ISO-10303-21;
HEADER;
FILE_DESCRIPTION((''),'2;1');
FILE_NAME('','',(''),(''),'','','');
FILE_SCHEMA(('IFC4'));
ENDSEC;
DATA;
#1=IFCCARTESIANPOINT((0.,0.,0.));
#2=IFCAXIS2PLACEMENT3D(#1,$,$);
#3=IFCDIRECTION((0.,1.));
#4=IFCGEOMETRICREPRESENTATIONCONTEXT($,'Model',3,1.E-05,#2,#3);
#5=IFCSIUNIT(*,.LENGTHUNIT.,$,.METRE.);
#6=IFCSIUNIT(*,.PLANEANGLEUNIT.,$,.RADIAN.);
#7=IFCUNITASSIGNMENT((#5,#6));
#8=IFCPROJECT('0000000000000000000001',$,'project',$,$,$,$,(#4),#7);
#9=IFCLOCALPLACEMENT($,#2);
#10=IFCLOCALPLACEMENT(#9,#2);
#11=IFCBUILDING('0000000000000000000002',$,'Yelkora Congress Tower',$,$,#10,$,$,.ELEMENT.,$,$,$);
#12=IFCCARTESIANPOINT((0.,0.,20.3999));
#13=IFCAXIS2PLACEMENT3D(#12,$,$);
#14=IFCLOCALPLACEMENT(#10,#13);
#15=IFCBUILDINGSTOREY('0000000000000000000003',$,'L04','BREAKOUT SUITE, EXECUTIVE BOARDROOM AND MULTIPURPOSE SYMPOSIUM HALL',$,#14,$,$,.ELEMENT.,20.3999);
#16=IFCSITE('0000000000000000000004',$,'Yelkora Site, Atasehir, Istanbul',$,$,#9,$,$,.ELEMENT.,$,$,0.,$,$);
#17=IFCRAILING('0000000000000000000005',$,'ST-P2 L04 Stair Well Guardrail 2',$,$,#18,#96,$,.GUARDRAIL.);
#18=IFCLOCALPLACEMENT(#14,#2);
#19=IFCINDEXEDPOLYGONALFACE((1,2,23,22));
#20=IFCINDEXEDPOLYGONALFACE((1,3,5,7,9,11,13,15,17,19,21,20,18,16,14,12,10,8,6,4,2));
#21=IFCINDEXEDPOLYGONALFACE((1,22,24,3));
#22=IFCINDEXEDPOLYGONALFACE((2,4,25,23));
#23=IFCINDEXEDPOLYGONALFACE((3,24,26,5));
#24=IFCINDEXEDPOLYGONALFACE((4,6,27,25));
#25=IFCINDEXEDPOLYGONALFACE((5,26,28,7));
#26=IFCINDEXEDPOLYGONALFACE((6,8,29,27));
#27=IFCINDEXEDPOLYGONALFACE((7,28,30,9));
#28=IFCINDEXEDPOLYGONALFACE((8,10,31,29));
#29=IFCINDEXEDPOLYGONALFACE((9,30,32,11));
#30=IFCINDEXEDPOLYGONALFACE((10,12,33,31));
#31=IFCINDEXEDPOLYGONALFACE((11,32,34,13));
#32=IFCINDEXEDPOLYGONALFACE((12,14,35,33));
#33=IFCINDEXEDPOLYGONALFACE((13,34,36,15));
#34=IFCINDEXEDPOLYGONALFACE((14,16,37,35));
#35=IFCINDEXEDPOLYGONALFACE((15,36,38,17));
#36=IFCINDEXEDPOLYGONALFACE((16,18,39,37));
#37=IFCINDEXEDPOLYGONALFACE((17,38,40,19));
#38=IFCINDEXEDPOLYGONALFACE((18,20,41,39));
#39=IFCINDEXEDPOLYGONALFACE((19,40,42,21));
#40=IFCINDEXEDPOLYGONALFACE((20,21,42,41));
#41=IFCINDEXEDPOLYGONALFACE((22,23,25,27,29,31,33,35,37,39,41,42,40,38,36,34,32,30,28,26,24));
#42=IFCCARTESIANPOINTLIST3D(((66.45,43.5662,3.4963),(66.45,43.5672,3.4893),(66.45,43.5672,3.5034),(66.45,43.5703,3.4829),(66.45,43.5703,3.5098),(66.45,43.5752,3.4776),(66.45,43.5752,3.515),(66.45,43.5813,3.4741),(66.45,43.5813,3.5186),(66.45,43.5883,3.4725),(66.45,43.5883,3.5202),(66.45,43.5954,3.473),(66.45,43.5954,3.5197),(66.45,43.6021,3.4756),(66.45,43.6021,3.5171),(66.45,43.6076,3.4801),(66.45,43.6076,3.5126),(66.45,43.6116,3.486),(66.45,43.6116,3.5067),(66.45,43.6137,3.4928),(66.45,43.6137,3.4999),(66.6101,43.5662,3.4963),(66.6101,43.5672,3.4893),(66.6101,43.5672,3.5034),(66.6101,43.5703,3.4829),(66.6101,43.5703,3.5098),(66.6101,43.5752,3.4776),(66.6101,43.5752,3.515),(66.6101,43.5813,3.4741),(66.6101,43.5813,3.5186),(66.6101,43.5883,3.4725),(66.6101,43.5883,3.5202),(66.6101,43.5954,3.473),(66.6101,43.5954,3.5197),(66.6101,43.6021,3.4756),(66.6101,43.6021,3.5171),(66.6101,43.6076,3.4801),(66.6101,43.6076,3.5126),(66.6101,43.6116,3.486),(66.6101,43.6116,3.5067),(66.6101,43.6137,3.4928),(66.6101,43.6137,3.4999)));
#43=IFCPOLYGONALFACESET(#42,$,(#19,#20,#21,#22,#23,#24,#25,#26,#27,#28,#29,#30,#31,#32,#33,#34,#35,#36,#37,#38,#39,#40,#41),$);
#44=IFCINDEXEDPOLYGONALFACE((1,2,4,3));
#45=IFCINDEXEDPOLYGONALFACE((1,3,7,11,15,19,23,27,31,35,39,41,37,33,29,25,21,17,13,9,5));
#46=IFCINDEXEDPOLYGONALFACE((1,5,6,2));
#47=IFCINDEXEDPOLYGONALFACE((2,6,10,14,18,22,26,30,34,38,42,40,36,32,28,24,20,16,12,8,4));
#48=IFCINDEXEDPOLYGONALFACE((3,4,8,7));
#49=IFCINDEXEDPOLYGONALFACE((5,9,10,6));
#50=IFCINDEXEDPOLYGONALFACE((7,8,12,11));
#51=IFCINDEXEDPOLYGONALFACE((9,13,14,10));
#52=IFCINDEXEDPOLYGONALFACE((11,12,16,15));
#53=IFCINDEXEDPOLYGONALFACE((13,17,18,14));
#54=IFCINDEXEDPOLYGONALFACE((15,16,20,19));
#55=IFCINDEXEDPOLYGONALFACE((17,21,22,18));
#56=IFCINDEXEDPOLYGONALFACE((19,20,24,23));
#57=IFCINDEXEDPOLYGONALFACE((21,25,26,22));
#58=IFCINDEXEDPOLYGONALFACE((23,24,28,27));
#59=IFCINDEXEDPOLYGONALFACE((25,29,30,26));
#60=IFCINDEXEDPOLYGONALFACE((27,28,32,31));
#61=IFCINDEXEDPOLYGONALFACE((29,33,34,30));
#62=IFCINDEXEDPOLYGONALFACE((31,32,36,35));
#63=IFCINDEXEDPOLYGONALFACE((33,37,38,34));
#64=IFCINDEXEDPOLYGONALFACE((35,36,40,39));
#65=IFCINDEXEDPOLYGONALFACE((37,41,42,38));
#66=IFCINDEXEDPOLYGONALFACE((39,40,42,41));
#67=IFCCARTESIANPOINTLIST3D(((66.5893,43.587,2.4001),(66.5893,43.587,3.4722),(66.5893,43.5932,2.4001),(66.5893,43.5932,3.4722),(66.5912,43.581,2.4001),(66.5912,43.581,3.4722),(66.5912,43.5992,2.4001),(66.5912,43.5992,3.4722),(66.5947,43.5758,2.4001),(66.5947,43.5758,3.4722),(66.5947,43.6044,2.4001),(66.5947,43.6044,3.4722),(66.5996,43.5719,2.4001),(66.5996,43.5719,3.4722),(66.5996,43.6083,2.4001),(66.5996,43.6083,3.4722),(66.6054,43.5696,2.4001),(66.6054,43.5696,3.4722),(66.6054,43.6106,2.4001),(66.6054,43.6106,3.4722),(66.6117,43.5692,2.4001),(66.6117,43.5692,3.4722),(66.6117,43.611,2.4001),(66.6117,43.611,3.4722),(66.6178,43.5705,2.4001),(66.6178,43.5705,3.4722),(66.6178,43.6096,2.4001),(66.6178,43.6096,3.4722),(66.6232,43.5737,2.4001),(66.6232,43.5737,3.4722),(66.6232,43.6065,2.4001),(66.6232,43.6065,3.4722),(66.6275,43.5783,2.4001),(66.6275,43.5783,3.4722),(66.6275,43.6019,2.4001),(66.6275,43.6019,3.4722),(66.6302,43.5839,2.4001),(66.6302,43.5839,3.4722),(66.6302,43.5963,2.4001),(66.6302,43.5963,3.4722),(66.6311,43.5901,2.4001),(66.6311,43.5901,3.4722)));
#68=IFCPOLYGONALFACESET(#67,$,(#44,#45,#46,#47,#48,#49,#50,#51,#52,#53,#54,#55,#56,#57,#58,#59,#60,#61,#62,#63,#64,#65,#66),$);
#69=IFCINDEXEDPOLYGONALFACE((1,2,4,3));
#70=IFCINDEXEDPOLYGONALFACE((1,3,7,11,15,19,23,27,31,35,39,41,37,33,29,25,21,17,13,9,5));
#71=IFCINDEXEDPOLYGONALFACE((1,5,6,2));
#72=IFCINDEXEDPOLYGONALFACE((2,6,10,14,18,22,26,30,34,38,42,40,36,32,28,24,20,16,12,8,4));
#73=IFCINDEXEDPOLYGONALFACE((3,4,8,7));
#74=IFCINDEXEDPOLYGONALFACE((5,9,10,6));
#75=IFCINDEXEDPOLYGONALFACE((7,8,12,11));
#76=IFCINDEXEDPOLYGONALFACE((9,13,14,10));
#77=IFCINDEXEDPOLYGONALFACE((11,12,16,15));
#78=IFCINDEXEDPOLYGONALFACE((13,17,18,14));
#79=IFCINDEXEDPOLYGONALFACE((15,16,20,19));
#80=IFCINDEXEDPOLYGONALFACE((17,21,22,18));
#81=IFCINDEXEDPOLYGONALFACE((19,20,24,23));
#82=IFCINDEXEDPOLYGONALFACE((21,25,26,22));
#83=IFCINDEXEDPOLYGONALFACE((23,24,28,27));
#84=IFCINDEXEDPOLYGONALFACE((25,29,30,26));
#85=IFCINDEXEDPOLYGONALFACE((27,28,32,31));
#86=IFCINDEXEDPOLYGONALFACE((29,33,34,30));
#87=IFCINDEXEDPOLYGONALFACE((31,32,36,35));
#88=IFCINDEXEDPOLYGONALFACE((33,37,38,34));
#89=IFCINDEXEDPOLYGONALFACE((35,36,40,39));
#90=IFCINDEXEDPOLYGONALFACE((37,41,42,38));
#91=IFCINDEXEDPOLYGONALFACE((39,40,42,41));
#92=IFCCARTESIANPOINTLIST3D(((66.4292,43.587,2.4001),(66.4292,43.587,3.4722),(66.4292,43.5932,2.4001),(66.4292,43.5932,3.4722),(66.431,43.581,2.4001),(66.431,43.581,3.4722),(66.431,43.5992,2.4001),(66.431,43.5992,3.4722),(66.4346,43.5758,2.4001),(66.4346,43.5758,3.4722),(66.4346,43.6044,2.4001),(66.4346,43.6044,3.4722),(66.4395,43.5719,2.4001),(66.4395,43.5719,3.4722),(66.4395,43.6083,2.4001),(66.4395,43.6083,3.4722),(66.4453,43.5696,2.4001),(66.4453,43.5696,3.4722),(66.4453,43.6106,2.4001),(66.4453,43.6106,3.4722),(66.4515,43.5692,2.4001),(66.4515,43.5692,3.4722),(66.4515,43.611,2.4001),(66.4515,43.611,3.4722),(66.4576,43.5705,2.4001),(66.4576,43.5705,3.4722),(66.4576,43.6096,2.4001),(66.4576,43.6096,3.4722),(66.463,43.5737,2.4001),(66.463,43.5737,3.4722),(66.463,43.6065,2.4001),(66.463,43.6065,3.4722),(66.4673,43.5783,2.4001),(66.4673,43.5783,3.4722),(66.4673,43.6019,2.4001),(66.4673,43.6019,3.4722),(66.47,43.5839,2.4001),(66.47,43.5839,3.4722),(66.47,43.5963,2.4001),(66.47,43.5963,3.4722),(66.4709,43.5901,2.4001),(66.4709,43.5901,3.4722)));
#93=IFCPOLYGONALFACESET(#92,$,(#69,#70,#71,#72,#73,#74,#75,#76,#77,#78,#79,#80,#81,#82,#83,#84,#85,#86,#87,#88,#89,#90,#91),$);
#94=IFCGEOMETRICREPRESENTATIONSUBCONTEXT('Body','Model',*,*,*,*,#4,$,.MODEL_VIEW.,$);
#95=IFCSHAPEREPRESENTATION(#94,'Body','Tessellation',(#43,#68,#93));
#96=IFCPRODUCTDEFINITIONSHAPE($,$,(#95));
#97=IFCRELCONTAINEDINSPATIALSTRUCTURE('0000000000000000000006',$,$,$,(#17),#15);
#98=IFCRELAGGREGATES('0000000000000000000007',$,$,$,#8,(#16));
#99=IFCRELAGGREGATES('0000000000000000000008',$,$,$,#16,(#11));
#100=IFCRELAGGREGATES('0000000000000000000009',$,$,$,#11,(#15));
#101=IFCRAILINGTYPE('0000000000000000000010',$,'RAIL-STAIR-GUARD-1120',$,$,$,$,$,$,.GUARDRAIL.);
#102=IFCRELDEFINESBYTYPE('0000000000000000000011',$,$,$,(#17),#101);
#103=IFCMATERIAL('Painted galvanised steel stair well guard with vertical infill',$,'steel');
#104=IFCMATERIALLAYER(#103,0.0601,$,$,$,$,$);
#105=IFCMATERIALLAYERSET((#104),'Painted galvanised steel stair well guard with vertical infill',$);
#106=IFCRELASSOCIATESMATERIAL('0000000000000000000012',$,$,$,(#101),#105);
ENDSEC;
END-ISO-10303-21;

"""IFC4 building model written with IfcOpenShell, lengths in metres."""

from ifc_helpers import new_model, si_unit, direction, frame, origin, origin_2d, place, context, subcontext, project, spatial, circle, extrude, material, layer, layer_set, type_object, element, save


model = new_model("IFC4")

# Units and contexts
model_context = context("Model", 3, precision=1e-05, world=origin(), true_north=direction((0.0, 1.0)))
body_context = subcontext(model_context, "Body", "Model", "MODEL_VIEW")
ifc_project = project(units=[si_unit("LENGTHUNIT", "METRE"), si_unit("PLANEANGLEUNIT", "RADIAN")], contexts=[model_context])

# Site, building, storey
site_placement = place(None, origin())
site = spatial("IfcSite", under=ifc_project, at=site_placement, Name="Yelkora Site, Atasehir, Istanbul", CompositionType="ELEMENT", RefElevation=0.0)
building_placement = place(site_placement, origin())
building = spatial("IfcBuilding", under=site, at=building_placement, Name="Yelkora Congress Tower", CompositionType="ELEMENT")
storey_placement = place(building_placement, frame((0.0, 0.0, 20.3999)))
storey = spatial("IfcBuildingStorey", under=building, at=storey_placement, Name="L04", Description="BREAKOUT SUITE, EXECUTIVE BOARDROOM AND MULTIPURPOSE SYMPOSIUM HALL", CompositionType="ELEMENT", Elevation=20.3999)

# Railing
ifc_material_1 = material(Name="Painted galvanised steel stair well guard with vertical infill", Category="steel")
ifc_layer_1 = layer(ifc_material_1, 0.0601)
ifc_layer_set_1 = layer_set([ifc_layer_1], Name="Painted galvanised steel stair well guard with vertical infill")
railing_type_1 = type_object("IfcRailingType", Name="RAIL-STAIR-GUARD-1120", PredefinedType="GUARDRAIL", material=ifc_layer_set_1)
railing_1_placement = place(storey_placement, frame((66.6101, 43.5901, 2.4001)))
element("IfcRailing", 1, at=railing_1_placement, inside=storey, type_object=railing_type_1, Name="ST-P2 L04 Stair Well Guardrail 2", PredefinedType="GUARDRAIL", context=body_context, shape_type="SweptSolid", body=[
    extrude(circle(Radius=0.0239, at=origin_2d()), frame((0.0, 0.0, 1.0962), z_axis=(-1.0, 0.0, 0.0), x_axis=(0.0, -1.0, 0.0)), (0.0, 0.0, 1.0), 0.1602),
    extrude(circle(Radius=0.021, at=origin_2d()), origin(), (0.0, 0.0, 1.0), 1.072),
    extrude(circle(Radius=0.021, at=origin_2d()), frame((-0.1602, 0.0, 0.0)), (0.0, 0.0, 1.0), 1.072),
])

save(model, "model.ifc")
